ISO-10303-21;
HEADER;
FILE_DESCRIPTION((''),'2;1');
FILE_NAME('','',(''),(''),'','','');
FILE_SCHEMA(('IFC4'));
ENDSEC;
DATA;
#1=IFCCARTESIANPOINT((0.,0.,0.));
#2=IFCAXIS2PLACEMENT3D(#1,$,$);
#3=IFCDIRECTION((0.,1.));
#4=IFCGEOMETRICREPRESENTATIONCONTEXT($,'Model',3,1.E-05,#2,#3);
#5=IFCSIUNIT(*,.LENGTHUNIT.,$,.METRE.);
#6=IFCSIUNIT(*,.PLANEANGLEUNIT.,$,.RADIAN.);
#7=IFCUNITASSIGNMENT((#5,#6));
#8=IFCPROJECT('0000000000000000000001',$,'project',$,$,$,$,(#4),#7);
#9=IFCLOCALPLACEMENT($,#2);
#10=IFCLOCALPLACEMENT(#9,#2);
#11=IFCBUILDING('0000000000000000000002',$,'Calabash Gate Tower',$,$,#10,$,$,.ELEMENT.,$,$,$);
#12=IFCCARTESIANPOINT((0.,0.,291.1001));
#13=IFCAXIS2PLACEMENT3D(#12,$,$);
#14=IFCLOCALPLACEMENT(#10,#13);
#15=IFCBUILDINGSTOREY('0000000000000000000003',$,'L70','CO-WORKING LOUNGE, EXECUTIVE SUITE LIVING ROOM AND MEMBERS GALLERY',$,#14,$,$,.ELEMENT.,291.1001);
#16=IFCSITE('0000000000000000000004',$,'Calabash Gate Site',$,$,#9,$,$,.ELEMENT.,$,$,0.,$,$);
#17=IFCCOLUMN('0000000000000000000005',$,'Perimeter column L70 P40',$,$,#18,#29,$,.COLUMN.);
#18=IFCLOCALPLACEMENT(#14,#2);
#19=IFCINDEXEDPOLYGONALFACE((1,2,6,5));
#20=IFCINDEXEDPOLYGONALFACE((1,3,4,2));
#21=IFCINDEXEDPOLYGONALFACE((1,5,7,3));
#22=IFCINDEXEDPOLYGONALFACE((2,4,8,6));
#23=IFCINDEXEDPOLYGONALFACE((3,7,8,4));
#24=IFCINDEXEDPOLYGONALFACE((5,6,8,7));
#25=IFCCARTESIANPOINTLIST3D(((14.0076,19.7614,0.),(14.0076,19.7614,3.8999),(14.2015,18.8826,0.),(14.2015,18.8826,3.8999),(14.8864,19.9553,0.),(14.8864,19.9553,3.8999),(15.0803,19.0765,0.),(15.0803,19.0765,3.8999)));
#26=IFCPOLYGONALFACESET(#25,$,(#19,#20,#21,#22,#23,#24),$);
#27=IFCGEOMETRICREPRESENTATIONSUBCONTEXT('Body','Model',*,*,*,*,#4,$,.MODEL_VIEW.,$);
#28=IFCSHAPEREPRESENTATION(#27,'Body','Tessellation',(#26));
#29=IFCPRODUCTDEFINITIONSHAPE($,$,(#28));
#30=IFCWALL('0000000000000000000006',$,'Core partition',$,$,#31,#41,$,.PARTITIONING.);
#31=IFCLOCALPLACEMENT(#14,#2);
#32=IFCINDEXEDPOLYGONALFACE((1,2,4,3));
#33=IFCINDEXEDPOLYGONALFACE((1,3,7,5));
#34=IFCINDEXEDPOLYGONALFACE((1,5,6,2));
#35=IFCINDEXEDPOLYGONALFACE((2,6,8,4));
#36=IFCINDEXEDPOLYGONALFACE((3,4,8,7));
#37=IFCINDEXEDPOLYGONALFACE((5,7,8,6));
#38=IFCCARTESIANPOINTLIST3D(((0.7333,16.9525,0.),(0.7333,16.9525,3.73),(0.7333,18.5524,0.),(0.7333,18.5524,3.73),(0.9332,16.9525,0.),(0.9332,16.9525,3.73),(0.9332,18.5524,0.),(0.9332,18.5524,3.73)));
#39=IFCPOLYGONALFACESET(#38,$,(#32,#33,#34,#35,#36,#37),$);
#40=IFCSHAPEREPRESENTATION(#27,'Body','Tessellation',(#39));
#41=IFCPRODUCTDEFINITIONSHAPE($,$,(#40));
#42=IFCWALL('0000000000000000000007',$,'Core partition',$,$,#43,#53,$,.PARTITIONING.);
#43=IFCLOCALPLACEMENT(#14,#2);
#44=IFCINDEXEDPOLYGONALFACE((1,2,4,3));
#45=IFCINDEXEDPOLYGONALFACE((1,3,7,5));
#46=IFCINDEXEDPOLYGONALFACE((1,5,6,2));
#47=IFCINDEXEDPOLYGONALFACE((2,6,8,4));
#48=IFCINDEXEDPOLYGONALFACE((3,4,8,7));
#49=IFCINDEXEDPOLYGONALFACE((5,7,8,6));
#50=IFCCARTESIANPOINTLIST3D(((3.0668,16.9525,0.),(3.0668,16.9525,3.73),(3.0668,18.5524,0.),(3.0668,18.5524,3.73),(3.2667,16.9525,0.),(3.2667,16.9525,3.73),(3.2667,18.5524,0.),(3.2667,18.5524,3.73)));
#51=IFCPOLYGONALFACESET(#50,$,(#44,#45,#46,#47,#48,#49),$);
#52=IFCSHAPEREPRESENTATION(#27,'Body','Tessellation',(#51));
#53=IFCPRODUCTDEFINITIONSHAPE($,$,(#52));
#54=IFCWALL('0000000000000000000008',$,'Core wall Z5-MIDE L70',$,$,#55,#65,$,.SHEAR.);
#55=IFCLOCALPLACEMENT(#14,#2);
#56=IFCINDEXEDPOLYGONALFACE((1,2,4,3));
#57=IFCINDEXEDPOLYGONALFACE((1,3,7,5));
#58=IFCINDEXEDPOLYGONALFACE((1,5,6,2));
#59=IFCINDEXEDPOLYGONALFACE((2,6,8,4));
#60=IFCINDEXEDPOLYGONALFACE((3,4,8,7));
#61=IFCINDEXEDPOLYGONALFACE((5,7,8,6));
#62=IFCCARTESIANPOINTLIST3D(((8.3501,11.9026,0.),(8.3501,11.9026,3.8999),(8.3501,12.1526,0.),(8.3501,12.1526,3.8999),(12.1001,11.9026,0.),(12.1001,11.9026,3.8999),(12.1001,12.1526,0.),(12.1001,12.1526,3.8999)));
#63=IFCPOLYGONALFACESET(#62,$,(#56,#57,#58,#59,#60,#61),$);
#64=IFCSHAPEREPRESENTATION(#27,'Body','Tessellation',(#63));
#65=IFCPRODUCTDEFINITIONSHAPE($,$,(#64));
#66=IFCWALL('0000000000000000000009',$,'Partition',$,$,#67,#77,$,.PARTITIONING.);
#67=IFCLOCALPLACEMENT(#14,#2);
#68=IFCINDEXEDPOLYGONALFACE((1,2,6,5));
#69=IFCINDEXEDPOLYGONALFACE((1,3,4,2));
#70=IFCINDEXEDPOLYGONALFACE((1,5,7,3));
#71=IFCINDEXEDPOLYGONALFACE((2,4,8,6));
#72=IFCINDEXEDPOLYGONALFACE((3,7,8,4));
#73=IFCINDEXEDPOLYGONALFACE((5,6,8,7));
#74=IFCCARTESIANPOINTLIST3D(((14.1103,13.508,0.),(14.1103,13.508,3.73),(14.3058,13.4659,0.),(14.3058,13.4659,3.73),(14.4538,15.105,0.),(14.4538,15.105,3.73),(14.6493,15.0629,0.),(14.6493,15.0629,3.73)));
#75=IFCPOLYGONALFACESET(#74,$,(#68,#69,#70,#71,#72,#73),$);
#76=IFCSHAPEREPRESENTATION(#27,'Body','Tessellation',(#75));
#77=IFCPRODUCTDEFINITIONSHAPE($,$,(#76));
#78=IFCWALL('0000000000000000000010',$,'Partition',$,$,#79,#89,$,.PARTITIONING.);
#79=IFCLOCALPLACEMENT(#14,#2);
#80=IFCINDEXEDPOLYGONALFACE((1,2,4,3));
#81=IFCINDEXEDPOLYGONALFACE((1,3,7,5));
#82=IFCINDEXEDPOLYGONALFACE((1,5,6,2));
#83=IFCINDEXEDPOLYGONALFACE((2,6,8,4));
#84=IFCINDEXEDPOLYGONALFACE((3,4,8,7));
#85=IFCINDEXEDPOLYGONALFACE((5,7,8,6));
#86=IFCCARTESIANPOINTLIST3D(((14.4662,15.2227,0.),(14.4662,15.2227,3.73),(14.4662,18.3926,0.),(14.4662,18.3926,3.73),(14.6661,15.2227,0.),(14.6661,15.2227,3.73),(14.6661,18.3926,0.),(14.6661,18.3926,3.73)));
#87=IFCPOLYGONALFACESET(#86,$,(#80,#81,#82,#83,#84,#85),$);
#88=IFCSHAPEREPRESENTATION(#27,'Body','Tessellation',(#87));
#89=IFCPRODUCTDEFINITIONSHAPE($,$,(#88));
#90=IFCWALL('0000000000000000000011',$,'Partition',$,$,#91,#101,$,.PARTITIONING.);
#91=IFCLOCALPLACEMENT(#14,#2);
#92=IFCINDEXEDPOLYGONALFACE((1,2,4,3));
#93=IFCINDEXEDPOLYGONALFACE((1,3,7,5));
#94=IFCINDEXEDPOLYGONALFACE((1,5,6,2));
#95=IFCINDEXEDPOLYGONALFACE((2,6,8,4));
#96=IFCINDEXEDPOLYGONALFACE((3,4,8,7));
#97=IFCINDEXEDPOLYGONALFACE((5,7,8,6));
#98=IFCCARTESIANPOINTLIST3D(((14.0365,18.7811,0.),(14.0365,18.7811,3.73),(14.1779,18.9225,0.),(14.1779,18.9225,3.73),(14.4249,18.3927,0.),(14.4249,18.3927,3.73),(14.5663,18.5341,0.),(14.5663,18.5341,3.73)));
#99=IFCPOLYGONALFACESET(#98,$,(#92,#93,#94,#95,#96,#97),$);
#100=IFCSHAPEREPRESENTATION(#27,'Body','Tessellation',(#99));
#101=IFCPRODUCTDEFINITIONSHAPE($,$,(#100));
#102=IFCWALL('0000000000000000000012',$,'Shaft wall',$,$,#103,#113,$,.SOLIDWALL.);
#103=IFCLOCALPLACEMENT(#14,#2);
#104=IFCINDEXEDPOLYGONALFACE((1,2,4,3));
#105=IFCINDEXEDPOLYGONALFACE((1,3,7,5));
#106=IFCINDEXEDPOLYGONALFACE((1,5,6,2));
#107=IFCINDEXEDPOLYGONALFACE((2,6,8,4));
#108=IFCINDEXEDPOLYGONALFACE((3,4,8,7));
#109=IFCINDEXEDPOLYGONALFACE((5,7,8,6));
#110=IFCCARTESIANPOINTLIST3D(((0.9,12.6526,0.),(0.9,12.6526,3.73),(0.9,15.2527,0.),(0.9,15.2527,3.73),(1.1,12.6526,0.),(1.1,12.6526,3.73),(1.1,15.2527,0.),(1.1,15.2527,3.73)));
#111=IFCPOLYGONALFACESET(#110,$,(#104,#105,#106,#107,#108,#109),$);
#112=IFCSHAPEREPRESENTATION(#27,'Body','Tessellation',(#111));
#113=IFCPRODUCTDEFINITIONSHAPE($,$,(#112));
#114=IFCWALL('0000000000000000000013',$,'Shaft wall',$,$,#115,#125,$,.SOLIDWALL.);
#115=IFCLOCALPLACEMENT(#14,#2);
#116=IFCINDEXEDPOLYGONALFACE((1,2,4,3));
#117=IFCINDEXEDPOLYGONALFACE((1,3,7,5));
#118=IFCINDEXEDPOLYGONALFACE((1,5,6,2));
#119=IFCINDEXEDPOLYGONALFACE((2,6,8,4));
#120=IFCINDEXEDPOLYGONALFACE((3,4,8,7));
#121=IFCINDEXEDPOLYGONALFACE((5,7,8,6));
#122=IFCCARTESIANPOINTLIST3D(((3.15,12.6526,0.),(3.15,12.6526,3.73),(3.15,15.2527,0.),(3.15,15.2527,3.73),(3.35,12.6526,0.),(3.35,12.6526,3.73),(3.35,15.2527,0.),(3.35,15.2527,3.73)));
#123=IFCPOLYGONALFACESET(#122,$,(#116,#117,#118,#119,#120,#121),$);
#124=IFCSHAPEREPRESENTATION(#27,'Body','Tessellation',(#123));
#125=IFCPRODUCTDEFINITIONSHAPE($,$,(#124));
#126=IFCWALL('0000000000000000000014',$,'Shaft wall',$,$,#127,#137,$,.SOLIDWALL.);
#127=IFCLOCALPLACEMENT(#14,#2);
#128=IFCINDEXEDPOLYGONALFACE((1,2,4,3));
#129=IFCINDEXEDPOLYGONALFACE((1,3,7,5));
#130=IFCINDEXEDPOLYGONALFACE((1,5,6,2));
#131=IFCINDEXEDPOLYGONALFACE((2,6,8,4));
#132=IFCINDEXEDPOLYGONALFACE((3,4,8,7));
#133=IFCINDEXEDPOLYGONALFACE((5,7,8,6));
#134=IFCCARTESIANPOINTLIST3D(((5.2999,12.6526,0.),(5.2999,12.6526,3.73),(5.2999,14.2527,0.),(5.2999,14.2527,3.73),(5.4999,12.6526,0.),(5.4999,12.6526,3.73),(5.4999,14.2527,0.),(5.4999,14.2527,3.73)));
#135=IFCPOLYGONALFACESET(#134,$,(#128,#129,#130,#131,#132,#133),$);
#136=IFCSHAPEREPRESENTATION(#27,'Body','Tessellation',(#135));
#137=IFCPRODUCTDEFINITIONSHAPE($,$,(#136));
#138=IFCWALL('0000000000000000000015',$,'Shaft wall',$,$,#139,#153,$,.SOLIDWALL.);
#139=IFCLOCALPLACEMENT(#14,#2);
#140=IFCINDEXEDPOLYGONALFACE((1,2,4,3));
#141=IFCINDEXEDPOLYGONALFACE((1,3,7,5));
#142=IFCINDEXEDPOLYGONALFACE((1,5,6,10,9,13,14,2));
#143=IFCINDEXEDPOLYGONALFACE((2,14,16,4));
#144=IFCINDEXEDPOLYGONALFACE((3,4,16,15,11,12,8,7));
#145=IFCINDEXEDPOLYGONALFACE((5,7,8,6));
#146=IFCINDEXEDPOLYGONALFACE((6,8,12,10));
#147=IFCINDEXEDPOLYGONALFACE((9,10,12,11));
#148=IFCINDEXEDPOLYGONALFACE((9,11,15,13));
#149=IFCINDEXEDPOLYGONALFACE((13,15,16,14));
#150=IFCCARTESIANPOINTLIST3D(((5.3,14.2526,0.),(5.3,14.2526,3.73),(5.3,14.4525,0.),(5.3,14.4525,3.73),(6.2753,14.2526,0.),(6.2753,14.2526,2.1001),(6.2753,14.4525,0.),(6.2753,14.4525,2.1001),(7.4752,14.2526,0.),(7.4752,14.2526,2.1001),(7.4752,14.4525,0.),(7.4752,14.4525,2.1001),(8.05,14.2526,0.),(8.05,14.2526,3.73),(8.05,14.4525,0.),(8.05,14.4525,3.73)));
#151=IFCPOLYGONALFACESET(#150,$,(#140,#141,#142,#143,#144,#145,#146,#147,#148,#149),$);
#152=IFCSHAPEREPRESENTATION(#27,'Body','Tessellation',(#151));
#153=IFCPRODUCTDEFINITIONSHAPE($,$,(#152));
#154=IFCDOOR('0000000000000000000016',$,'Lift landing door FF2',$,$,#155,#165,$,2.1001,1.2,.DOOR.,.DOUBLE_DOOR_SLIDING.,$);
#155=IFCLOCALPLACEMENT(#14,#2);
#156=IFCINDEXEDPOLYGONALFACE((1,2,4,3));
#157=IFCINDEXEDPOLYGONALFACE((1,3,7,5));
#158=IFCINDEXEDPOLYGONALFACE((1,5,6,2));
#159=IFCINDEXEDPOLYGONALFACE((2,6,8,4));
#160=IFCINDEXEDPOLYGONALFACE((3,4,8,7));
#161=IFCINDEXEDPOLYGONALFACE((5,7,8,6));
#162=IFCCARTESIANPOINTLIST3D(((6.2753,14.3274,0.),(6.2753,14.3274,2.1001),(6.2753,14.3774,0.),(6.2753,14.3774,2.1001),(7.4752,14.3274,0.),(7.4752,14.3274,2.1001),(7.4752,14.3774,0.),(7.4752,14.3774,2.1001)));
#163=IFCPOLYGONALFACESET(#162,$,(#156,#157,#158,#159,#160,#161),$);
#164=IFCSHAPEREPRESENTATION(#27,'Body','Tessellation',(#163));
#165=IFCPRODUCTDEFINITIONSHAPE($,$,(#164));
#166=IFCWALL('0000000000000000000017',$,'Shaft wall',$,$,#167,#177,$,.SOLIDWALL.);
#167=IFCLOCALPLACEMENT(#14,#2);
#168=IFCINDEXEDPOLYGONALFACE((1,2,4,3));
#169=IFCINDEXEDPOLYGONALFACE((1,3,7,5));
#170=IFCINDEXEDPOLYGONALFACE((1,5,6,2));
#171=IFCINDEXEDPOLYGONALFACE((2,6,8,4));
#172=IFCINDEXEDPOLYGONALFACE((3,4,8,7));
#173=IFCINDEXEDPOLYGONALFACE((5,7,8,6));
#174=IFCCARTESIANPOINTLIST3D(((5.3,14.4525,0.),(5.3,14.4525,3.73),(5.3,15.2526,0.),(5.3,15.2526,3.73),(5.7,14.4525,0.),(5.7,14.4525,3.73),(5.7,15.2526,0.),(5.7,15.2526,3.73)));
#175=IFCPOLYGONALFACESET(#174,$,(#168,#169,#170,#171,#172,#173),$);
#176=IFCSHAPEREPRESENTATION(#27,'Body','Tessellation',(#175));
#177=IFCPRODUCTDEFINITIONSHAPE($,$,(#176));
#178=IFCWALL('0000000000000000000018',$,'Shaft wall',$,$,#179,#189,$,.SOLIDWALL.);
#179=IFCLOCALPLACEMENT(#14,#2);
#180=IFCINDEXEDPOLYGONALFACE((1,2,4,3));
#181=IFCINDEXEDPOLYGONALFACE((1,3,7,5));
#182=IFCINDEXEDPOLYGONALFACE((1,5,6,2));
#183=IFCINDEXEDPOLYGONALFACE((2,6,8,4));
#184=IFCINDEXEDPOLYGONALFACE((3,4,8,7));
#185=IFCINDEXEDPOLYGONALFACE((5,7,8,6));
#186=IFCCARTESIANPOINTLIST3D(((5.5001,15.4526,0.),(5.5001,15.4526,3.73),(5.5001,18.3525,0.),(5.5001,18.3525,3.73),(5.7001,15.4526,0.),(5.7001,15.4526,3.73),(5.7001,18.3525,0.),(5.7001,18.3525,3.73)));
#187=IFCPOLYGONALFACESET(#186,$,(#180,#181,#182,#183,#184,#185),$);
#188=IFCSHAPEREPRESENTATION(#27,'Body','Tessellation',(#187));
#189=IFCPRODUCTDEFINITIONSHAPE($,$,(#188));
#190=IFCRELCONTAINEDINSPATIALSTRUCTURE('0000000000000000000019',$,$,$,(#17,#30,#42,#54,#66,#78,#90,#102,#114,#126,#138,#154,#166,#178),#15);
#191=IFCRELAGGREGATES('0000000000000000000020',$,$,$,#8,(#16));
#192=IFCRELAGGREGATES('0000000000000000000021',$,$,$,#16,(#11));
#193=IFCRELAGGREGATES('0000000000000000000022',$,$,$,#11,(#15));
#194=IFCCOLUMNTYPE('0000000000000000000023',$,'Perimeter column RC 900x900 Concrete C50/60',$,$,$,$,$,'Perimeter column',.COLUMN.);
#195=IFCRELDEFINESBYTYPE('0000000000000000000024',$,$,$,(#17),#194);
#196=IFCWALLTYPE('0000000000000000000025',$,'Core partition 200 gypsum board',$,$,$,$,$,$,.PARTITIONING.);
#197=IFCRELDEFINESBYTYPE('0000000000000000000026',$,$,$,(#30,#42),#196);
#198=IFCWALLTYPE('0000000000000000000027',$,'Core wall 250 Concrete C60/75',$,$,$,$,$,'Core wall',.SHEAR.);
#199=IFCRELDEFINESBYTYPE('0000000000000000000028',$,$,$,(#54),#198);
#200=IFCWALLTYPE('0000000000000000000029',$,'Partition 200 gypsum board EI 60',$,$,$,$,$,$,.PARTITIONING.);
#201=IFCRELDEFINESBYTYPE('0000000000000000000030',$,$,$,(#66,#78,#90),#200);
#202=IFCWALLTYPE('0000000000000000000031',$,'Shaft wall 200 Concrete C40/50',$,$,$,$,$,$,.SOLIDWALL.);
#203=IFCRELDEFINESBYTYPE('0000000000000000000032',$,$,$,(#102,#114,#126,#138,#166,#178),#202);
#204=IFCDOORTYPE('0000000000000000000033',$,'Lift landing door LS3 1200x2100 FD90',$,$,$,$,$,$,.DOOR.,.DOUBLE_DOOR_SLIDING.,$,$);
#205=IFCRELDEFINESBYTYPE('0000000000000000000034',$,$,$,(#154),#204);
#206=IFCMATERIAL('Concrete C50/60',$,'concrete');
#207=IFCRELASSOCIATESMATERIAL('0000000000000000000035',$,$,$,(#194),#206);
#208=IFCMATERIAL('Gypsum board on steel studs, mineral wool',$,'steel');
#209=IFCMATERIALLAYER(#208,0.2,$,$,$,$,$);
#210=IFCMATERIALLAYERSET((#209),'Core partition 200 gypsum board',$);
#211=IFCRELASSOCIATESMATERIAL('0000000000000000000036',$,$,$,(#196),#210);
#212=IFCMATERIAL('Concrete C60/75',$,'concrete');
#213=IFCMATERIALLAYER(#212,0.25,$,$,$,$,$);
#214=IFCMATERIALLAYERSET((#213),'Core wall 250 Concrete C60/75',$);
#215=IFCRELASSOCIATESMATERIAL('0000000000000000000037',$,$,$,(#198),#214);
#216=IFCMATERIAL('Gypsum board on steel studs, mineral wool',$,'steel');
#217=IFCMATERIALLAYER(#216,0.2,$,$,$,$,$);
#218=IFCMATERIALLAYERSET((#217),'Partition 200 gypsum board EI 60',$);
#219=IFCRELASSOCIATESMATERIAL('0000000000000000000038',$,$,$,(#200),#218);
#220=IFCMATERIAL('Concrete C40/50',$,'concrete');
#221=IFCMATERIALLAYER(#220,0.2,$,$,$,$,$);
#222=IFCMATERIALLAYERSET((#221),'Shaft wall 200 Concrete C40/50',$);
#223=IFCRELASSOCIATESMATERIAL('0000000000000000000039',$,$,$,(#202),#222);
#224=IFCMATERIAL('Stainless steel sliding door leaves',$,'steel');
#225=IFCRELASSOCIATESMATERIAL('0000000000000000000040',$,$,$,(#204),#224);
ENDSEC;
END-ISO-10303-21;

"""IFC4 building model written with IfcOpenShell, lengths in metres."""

from ifc_helpers import new_model, si_unit, direction, frame, frame_2d, origin, origin_2d, place, context, subcontext, project, spatial, rectangle, extrude, material, layer, layer_set, material_profile, profile_set, type_object, element, fill, save


model = new_model("IFC4")

# Units and contexts
model_context = context("Model", 3, precision=1e-05, world=origin(), true_north=direction((0.0, 1.0)))
body_context = subcontext(model_context, "Body", "Model", "MODEL_VIEW")
ifc_project = project(units=[si_unit("LENGTHUNIT", "METRE"), si_unit("PLANEANGLEUNIT", "RADIAN")], contexts=[model_context])

# Site, building, storey
site_placement = place(None, origin())
site = spatial("IfcSite", under=ifc_project, at=site_placement, Name="Calabash Gate Site", CompositionType="ELEMENT", RefElevation=0.0)
building_placement = place(site_placement, origin())
building = spatial("IfcBuilding", under=site, at=building_placement, Name="Calabash Gate Tower", CompositionType="ELEMENT")
storey_placement = place(building_placement, frame((0.0, 0.0, 291.1001)))
storey = spatial("IfcBuildingStorey", under=building, at=storey_placement, Name="L70", Description="CO-WORKING LOUNGE, EXECUTIVE SUITE LIVING ROOM AND MEMBERS GALLERY", CompositionType="ELEMENT", Elevation=291.1001)

# Column
ifc_material_1 = material(Name="Concrete C50/60", Category="concrete")
ifc_material_profile = material_profile(ifc_material_1, rectangle(XDim=0.8999, YDim=0.8999, at=origin_2d()))
ifc_profile_set = profile_set([ifc_material_profile], Name="Concrete C50/60")
column_type = type_object("IfcColumnType", Name="Perimeter column RC 900x900 Concrete C50/60", ElementType="Perimeter column", PredefinedType="COLUMN", material=ifc_profile_set)
column_placement = place(storey_placement, frame((14.5439, 19.4189, 0.0), z_axis=(0.0, 0.0, 1.0), x_axis=(-0.976511, -0.215468, 0.0)))
element("IfcColumn", 1, at=column_placement, inside=storey, type_object=column_type, Name="Perimeter column L70 P40", PredefinedType="COLUMN", context=body_context, shape_type="SweptSolid", body=[
    extrude(rectangle(XDim=0.8999, YDim=0.8999, at=origin_2d()), origin(), (0.0, 0.0, 1.0), 3.8999),
])

# Walls
ifc_material_2 = material(Name="Gypsum board on steel studs, mineral wool", Category="steel")
ifc_layer_1 = layer(ifc_material_2, 0.2)
ifc_layer_set_1 = layer_set([ifc_layer_1], Name="Core partition 200 gypsum board")
wall_type_1 = type_object("IfcWallType", Name="Core partition 200 gypsum board", PredefinedType="PARTITIONING", material=ifc_layer_set_1)
for number, where, z_axis, x_axis, name in (
    (2, (0.8333, 16.9526, 0.0), (0.0, 0.0, 1.0), (0.0, 1.0, 0.0), "Core partition"),
    (3, (3.1667, 16.9526, 0.0), (0.0, 0.0, 1.0), (0.0, 1.0, 0.0), "Core partition"),
):
    element("IfcWall", number, at=place(storey_placement, frame(where, z_axis=z_axis, x_axis=x_axis)), inside=storey, type_object=wall_type_1, Name=name, PredefinedType="PARTITIONING", context=body_context, shape_type="SweptSolid", body=[
        extrude(rectangle(XDim=1.5999, YDim=0.2, at=frame_2d((0.7998, 0.0))), origin(), (0.0, 0.0, 1.0), 3.73),
    ])
ifc_material_3 = material(Name="Concrete C60/75", Category="concrete")
ifc_layer_2 = layer(ifc_material_3, 0.25)
ifc_layer_set_2 = layer_set([ifc_layer_2], Name="Core wall 250 Concrete C60/75")
wall_type_2 = type_object("IfcWallType", Name="Core wall 250 Concrete C60/75", ElementType="Core wall", PredefinedType="SHEAR", material=ifc_layer_set_2)
wall_1_placement = place(storey_placement, frame((8.3501, 12.0276, 0.0), z_axis=(0.0, 0.0, 1.0), x_axis=(1.0, 0.0, 0.0)))
element("IfcWall", 4, at=wall_1_placement, inside=storey, type_object=wall_type_2, Name="Core wall Z5-MIDE L70", PredefinedType="SHEAR", context=body_context, shape_type="SweptSolid", body=[
    extrude(rectangle(XDim=3.75, YDim=0.25, at=frame_2d((1.875, 0.0))), origin(), (0.0, 0.0, 1.0), 3.8999),
])
ifc_material_4 = material(Name="Gypsum board on steel studs, mineral wool", Category="steel")
ifc_layer_3 = layer(ifc_material_4, 0.2)
ifc_layer_set_3 = layer_set([ifc_layer_3], Name="Partition 200 gypsum board EI 60")
wall_type_3 = type_object("IfcWallType", Name="Partition 200 gypsum board EI 60", PredefinedType="PARTITIONING", material=ifc_layer_set_3)
wall_2_placement = place(storey_placement, frame((14.208, 13.4868, 0.0), z_axis=(0.0, 0.0, 1.0), x_axis=(0.210295, 0.977638, 0.0)))
element("IfcWall", 5, at=wall_2_placement, inside=storey, type_object=wall_type_3, Name="Partition", PredefinedType="PARTITIONING", context=body_context, shape_type="SweptSolid", body=[
    extrude(rectangle(XDim=1.6335, YDim=0.2, at=frame_2d((0.8169, 0.0))), origin(), (0.0, 0.0, 1.0), 3.73),
])
wall_3_placement = place(storey_placement, frame((14.5662, 18.3926, 0.0), z_axis=(0.0, 0.0, 1.0), x_axis=(0.0, -1.0, 0.0)))
element("IfcWall", 6, at=wall_3_placement, inside=storey, type_object=wall_type_3, Name="Partition", PredefinedType="PARTITIONING", context=body_context, shape_type="SweptSolid", body=[
    extrude(rectangle(XDim=3.1699, YDim=0.2, at=frame_2d((1.585, 0.0))), origin(), (0.0, 0.0, 1.0), 3.73),
])
wall_4_placement = place(storey_placement, frame((14.1072, 18.8518, 0.0), z_axis=(0.0, 0.0, 1.0), x_axis=(0.707107, -0.707107, 0.0)))
element("IfcWall", 7, at=wall_4_placement, inside=storey, type_object=wall_type_3, Name="Partition", PredefinedType="PARTITIONING", context=body_context, shape_type="SweptSolid", body=[
    extrude(rectangle(XDim=0.5493, YDim=0.2, at=frame_2d((0.2747, 0.0))), origin(), (0.0, 0.0, 1.0), 3.73),
])
ifc_material_5 = material(Name="Concrete C40/50", Category="concrete")
ifc_layer_4 = layer(ifc_material_5, 0.2)
ifc_layer_set_4 = layer_set([ifc_layer_4], Name="Shaft wall 200 Concrete C40/50")
wall_type_4 = type_object("IfcWallType", Name="Shaft wall 200 Concrete C40/50", PredefinedType="SOLIDWALL", material=ifc_layer_set_4)
for number, where, z_axis, x_axis, name in (
    (8, (1.0, 12.6526, 0.0), (0.0, 0.0, 1.0), (0.0, 1.0, 0.0), "Shaft wall"),
    (9, (3.25, 12.6526, 0.0), (0.0, 0.0, 1.0), (0.0, 1.0, 0.0), "Shaft wall"),
):
    element("IfcWall", number, at=place(storey_placement, frame(where, z_axis=z_axis, x_axis=x_axis)), inside=storey, type_object=wall_type_4, Name=name, PredefinedType="SOLIDWALL", context=body_context, shape_type="SweptSolid", body=[
        extrude(rectangle(XDim=2.6001, YDim=0.2, at=frame_2d((1.3, 0.0))), origin(), (0.0, 0.0, 1.0), 3.73),
    ])
wall_5_placement = place(storey_placement, frame((5.3999, 12.6526, 0.0), z_axis=(0.0, 0.0, 1.0), x_axis=(0.0, 1.0, 0.0)))
element("IfcWall", 10, at=wall_5_placement, inside=storey, type_object=wall_type_4, Name="Shaft wall", PredefinedType="SOLIDWALL", context=body_context, shape_type="SweptSolid", body=[
    extrude(rectangle(XDim=1.6001, YDim=0.2, at=frame_2d((0.8, 0.0))), origin(), (0.0, 0.0, 1.0), 3.73),
])

# Wall, opening, door
wall_6_placement = place(storey_placement, frame((5.3, 14.3525, 0.0), z_axis=(0.0, 0.0, 1.0), x_axis=(1.0, 0.0, 0.0)))
wall_6 = element("IfcWall", 11, at=wall_6_placement, inside=storey, type_object=wall_type_4, Name="Shaft wall", PredefinedType="SOLIDWALL", context=body_context, shape_type="SweptSolid", body=[
    extrude(rectangle(XDim=2.75, YDim=0.2, at=frame_2d((1.375, 0.0))), origin(), (0.0, 0.0, 1.0), 3.73),
])
opening_placement = place(wall_6_placement, frame((0.9751, 0.0, 0.0)))
opening = element("IfcOpeningElement", 12, at=opening_placement, cuts=wall_6, PredefinedType="OPENING", context=body_context, shape_type="SweptSolid", body=[
    extrude(rectangle(XDim=1.2, YDim=2.1001, at=frame_2d((0.6001, 1.05))), frame((0.0, 0.1099, 0.0), z_axis=(0.0, -1.0, 0.0), x_axis=(1.0, 0.0, 0.0)), (0.0, 0.0, 1.0), 0.22),
])
ifc_material_6 = material(Name="Stainless steel sliding door leaves", Category="steel")
door_type = type_object("IfcDoorType", Name="Lift landing door LS3 1200x2100 FD90", OperationType="DOUBLE_DOOR_SLIDING", PredefinedType="DOOR", material=ifc_material_6)
door_placement = place(opening_placement, origin())
door = element("IfcDoor", 13, at=door_placement, inside=storey, type_object=door_type, Name="Lift landing door FF2", OperationType="DOUBLE_DOOR_SLIDING", OverallHeight=2.1001, OverallWidth=1.2, PredefinedType="DOOR", context=body_context, shape_type="SweptSolid", body=[
    extrude(rectangle(XDim=1.2, YDim=2.1001, at=frame_2d((0.6001, 1.05))), frame((0.0, 0.0249, 0.0), z_axis=(0.0, -1.0, 0.0), x_axis=(1.0, 0.0, 0.0)), (0.0, 0.0, 1.0), 0.05),
])
fill(opening, door)

# Walls
wall_7_placement = place(storey_placement, frame((5.5, 14.4526, 0.0), z_axis=(0.0, 0.0, 1.0), x_axis=(0.0, 1.0, 0.0)))
element("IfcWall", 14, at=wall_7_placement, inside=storey, type_object=wall_type_4, Name="Shaft wall", PredefinedType="SOLIDWALL", context=body_context, shape_type="SweptSolid", body=[
    extrude(rectangle(XDim=0.8, YDim=0.3999, at=frame_2d((0.3999, 0.0))), origin(), (0.0, 0.0, 1.0), 3.73),
])
wall_8_placement = place(storey_placement, frame((5.6001, 15.4526, 0.0), z_axis=(0.0, 0.0, 1.0), x_axis=(0.0, 1.0, 0.0)))
element("IfcWall", 15, at=wall_8_placement, inside=storey, type_object=wall_type_4, Name="Shaft wall", PredefinedType="SOLIDWALL", context=body_context, shape_type="SweptSolid", body=[
    extrude(rectangle(XDim=2.8999, YDim=0.2, at=frame_2d((1.45, 0.0))), origin(), (0.0, 0.0, 1.0), 3.73),
])

save(model, "model.ifc")
